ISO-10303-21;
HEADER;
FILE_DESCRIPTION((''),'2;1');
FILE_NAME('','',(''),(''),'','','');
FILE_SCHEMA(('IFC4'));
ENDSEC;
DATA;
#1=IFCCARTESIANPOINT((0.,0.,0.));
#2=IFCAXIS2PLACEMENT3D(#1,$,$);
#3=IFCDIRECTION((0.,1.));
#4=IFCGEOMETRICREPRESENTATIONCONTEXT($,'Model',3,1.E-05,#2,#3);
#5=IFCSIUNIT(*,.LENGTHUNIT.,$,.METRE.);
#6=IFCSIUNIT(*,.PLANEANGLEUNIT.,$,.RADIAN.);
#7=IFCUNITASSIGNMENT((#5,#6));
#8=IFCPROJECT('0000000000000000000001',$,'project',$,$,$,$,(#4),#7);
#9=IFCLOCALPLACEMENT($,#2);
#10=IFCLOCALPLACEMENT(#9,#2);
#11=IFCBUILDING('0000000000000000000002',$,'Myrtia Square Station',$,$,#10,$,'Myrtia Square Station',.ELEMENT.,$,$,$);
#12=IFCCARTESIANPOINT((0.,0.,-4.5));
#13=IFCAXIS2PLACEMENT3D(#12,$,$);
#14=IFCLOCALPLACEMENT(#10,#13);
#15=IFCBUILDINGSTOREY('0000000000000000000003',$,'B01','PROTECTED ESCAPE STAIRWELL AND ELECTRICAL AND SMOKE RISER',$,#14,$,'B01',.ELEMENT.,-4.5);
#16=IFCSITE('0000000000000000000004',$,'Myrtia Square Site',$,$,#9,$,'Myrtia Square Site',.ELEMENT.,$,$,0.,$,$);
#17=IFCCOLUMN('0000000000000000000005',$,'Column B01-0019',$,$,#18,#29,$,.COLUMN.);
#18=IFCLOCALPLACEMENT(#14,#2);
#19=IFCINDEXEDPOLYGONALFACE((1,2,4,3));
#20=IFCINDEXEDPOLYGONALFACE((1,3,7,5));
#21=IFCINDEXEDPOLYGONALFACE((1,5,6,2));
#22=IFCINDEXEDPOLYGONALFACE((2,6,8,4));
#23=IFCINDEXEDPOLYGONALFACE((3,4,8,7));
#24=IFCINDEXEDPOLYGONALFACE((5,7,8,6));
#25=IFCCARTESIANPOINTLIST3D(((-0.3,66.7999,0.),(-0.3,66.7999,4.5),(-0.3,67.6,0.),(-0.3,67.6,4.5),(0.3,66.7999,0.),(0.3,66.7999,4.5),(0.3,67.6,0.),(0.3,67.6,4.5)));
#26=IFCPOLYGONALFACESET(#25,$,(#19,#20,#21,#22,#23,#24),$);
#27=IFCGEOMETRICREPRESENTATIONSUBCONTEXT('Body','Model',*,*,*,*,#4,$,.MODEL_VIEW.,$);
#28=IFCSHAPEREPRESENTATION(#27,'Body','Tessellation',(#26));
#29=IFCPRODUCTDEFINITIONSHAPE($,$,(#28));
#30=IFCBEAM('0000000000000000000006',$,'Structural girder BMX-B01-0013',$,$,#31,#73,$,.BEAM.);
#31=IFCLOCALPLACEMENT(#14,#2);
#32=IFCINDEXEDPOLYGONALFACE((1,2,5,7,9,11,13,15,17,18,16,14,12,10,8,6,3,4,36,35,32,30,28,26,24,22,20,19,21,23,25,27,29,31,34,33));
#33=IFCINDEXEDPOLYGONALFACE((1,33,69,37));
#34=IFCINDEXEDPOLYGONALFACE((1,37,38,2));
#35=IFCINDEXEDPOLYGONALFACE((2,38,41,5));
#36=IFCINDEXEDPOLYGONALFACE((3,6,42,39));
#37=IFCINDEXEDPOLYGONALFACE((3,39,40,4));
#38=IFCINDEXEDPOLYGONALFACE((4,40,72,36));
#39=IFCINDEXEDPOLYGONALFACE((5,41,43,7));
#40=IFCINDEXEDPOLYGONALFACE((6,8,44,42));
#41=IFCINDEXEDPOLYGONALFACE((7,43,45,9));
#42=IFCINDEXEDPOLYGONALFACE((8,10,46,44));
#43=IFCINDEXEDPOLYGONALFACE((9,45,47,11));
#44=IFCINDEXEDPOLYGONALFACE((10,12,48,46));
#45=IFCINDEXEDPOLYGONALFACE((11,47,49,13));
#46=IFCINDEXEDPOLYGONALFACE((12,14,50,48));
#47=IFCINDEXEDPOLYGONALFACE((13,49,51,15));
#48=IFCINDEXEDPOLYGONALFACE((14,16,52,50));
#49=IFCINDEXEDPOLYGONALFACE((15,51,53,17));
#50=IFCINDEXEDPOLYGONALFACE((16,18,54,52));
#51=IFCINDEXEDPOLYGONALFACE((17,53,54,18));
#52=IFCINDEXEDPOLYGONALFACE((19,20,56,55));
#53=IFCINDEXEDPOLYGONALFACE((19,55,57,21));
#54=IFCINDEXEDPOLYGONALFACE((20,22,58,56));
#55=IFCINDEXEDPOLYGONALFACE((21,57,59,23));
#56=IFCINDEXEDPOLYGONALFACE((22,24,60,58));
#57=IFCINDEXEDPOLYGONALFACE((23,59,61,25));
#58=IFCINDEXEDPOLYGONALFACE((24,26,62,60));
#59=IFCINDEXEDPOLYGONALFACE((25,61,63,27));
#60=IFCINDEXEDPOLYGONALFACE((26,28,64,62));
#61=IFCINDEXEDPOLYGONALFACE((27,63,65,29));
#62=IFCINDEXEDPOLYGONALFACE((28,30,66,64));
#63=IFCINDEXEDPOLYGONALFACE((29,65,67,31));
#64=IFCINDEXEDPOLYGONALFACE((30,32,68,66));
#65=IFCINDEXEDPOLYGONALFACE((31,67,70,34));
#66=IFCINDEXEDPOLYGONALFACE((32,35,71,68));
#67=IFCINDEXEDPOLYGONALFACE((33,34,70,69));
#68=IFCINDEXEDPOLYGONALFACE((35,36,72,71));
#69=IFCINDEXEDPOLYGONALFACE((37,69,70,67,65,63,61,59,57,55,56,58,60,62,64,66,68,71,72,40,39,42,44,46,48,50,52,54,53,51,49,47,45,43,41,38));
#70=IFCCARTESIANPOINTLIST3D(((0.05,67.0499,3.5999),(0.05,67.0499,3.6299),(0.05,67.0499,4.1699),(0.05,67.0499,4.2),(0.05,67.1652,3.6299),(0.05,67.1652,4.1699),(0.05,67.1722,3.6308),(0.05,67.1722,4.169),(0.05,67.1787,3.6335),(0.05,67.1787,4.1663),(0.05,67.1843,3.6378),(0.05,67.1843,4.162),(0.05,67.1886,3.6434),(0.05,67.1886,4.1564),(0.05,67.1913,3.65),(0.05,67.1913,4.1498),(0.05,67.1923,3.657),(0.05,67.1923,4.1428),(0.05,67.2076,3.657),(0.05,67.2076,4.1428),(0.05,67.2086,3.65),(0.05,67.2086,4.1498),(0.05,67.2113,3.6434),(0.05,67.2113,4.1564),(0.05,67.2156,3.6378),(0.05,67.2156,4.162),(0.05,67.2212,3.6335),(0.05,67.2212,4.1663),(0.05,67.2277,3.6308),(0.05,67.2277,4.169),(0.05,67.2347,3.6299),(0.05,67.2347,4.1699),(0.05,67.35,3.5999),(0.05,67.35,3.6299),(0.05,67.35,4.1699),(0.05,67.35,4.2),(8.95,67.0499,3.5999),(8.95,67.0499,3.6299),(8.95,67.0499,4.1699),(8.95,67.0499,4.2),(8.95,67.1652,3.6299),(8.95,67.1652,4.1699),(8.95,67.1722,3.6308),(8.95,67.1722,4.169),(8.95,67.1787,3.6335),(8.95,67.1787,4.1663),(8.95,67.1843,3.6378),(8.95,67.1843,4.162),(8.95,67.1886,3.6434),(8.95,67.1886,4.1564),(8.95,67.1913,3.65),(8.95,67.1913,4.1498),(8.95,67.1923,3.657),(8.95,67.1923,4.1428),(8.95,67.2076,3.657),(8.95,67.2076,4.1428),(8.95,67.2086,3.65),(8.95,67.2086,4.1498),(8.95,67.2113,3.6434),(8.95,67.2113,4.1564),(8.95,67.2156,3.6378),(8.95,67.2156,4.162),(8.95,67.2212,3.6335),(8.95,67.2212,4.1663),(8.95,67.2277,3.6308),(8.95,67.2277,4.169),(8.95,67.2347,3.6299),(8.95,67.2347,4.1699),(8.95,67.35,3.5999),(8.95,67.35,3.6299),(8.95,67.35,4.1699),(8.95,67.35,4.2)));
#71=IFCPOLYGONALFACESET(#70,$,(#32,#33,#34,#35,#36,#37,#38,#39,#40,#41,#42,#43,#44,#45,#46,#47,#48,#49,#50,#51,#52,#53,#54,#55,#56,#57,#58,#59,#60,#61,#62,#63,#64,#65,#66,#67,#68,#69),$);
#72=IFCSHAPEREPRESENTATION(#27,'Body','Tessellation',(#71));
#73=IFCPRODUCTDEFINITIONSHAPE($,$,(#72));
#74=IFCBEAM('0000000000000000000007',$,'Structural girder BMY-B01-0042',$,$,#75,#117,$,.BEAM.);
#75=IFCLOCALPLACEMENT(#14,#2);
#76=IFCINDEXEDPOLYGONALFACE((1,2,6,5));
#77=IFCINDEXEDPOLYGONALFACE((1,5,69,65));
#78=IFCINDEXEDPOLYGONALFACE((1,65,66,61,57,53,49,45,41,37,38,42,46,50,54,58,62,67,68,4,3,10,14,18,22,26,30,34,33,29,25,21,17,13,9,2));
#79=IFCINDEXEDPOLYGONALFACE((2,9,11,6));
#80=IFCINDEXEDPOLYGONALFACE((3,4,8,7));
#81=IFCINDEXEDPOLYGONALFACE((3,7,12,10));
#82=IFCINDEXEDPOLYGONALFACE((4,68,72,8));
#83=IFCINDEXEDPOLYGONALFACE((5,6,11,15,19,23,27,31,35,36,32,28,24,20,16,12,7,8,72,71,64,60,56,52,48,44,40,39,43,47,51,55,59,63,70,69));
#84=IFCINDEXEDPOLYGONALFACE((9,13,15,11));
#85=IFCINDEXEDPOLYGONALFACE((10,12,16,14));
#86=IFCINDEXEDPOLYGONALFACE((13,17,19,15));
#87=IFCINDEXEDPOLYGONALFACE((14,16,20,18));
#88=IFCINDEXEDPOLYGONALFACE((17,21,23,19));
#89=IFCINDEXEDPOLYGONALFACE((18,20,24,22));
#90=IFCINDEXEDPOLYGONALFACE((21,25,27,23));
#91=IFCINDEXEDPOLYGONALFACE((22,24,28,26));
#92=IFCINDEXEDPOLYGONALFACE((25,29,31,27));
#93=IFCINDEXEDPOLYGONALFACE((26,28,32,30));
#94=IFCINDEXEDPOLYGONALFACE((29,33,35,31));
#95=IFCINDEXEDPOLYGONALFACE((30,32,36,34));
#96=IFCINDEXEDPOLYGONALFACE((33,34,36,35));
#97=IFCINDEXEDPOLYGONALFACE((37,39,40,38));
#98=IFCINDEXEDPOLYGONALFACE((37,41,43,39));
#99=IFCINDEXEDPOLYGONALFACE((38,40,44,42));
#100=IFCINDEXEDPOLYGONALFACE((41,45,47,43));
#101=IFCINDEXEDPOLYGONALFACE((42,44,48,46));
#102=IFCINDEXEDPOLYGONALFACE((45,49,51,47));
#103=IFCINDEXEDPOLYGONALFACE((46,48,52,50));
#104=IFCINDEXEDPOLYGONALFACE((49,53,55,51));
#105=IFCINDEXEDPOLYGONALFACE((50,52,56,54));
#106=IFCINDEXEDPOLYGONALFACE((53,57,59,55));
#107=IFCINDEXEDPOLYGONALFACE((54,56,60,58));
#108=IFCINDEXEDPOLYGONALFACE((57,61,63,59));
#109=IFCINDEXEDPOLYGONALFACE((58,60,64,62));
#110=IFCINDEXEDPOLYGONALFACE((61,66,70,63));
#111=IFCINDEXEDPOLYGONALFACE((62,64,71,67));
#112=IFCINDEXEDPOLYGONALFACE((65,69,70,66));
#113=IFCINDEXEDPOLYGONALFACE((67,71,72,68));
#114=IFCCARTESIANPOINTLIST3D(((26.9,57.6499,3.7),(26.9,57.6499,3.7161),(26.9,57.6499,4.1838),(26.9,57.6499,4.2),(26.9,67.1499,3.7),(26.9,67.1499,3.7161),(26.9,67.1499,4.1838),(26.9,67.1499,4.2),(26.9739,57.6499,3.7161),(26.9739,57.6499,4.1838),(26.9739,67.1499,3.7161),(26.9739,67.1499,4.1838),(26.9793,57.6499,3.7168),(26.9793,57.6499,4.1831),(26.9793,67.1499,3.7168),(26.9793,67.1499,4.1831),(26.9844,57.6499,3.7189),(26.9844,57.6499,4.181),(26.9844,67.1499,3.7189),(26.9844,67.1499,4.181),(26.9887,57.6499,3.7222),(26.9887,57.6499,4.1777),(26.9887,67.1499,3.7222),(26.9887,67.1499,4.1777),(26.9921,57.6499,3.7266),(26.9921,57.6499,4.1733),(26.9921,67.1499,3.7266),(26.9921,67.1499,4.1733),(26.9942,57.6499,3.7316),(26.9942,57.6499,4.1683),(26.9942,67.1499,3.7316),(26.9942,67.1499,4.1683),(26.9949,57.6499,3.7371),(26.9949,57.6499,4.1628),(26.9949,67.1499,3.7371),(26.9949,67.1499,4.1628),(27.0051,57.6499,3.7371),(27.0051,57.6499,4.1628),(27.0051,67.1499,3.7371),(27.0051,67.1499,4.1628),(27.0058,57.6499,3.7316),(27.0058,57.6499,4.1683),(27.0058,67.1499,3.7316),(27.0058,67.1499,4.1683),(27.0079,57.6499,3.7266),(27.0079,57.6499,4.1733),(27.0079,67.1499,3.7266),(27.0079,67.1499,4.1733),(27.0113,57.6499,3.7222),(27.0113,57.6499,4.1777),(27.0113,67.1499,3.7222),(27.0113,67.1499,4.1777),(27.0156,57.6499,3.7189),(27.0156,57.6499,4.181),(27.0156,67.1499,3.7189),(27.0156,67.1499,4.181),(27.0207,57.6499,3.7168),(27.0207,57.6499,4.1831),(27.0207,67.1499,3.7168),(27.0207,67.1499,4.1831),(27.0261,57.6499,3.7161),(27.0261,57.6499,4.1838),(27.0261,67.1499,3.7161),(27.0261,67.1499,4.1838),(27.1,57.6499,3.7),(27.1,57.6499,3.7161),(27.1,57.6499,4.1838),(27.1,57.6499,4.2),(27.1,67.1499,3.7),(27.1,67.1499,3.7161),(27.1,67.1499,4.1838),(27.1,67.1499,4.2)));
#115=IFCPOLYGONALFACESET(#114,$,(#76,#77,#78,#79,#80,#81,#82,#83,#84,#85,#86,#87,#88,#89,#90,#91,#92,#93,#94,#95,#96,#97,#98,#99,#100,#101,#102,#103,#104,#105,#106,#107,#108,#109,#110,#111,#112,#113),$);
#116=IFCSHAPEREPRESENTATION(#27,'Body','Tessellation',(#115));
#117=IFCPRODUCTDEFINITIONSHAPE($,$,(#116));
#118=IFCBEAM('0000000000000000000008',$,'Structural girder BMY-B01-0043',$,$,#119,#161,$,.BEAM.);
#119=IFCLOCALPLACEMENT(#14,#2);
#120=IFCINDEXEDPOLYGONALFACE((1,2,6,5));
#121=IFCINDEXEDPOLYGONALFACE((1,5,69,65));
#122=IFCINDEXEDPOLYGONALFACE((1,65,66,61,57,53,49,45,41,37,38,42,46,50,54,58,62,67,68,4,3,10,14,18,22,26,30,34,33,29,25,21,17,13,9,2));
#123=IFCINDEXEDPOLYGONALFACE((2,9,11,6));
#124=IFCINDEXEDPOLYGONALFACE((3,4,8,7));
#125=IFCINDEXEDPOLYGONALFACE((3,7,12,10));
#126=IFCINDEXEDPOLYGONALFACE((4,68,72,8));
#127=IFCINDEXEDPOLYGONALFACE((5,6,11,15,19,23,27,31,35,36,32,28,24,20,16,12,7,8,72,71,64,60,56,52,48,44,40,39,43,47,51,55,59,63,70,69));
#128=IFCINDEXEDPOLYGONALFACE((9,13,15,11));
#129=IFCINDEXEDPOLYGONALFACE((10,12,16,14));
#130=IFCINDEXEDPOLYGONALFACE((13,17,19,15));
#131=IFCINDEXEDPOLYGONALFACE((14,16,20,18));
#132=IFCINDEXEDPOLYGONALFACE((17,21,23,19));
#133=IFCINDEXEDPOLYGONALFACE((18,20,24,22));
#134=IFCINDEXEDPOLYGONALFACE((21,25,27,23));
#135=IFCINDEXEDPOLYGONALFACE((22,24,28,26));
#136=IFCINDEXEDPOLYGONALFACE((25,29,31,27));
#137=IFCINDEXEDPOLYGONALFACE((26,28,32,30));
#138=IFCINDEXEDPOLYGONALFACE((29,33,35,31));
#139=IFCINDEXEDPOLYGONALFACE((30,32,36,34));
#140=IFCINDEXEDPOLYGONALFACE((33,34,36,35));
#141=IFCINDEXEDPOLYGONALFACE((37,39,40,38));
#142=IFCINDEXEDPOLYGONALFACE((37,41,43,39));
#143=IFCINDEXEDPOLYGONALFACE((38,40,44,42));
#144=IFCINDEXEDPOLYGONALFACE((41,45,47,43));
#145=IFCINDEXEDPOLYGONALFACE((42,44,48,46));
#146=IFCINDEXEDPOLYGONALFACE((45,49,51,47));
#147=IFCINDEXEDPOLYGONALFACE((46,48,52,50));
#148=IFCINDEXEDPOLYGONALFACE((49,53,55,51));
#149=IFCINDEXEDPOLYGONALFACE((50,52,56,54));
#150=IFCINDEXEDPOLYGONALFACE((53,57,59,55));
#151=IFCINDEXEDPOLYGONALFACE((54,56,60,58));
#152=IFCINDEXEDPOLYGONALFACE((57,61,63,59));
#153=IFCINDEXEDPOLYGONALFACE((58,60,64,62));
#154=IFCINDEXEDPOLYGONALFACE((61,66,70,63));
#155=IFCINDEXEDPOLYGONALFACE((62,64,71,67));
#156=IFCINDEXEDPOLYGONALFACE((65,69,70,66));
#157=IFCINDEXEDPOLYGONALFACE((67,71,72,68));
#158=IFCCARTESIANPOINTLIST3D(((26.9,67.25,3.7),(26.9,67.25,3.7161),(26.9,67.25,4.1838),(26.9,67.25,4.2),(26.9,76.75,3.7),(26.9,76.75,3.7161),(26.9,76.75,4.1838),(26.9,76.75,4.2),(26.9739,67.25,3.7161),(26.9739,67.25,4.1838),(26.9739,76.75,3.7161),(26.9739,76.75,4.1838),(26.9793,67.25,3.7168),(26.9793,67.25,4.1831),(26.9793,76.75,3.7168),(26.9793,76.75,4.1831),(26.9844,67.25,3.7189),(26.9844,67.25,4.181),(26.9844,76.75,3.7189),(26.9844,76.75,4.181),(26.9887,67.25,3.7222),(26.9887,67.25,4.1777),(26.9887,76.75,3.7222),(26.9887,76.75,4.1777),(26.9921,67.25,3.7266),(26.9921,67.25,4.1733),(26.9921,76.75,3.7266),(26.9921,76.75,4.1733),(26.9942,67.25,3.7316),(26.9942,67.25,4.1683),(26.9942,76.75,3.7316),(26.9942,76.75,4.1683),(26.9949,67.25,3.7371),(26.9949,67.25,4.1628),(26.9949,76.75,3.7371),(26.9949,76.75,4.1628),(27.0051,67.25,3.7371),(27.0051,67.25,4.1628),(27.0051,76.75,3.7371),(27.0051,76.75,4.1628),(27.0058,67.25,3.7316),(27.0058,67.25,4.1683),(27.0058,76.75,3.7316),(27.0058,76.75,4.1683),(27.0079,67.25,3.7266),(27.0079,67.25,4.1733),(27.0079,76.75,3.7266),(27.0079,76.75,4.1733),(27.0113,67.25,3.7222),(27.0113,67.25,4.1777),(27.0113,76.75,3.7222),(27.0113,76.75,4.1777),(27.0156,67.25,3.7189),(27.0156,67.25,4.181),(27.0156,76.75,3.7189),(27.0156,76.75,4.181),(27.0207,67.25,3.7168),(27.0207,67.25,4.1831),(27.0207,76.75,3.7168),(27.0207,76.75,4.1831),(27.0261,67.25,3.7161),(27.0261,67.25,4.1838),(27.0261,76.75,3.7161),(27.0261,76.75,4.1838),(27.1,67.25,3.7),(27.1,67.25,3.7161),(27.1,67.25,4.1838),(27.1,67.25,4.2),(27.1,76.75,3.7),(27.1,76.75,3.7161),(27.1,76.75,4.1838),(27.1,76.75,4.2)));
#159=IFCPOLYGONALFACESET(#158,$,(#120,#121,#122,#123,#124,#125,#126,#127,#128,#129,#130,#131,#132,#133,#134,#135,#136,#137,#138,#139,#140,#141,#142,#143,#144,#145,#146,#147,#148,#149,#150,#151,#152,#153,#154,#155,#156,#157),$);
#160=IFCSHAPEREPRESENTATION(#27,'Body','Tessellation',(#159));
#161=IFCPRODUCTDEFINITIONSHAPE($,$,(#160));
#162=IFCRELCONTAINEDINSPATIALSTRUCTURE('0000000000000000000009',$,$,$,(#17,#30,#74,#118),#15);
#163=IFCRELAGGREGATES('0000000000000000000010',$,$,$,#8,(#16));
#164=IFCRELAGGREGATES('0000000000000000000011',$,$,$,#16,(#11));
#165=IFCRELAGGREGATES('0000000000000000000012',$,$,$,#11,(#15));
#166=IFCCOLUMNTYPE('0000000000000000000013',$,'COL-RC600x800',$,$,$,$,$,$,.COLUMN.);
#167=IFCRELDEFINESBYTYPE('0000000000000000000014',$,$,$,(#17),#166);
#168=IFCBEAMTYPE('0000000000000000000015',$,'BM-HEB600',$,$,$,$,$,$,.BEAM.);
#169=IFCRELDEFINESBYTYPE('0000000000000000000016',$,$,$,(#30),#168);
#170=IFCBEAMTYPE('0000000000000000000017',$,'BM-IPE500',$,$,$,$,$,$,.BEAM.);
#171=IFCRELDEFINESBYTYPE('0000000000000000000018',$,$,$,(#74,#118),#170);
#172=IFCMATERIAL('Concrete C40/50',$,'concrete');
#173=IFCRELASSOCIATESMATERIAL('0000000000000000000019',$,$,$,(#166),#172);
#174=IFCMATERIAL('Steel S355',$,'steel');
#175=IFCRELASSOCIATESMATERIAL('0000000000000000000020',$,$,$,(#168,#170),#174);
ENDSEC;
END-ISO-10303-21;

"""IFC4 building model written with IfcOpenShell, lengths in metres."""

from ifc_helpers import new_model, si_unit, direction, frame, origin, origin_2d, place, context, subcontext, project, spatial, rectangle, i_section, extrude, material, material_profile, profile_set, type_object, element, save


model = new_model("IFC4")

# Units and contexts
model_context = context("Model", 3, precision=1e-05, world=origin(), true_north=direction((0.0, 1.0)))
body_context = subcontext(model_context, "Body", "Model", "MODEL_VIEW")
ifc_project = project(units=[si_unit("LENGTHUNIT", "METRE"), si_unit("PLANEANGLEUNIT", "RADIAN")], contexts=[model_context])

# Site, building, storey
site_placement = place(None, origin())
site = spatial("IfcSite", under=ifc_project, at=site_placement, Name="Myrtia Square Site", LongName="Myrtia Square Site", CompositionType="ELEMENT", RefElevation=0.0)
building_placement = place(site_placement, origin())
building = spatial("IfcBuilding", under=site, at=building_placement, Name="Myrtia Square Station", LongName="Myrtia Square Station", CompositionType="ELEMENT")
storey_placement = place(building_placement, frame((0.0, 0.0, -4.5)))
storey = spatial("IfcBuildingStorey", under=building, at=storey_placement, Name="B01", Description="PROTECTED ESCAPE STAIRWELL AND ELECTRICAL AND SMOKE RISER", LongName="B01", CompositionType="ELEMENT", Elevation=-4.5)

# Column
ifc_material_1 = material(Name="Steel S355", Category="steel")
ifc_material_2 = material(Name="Concrete C40/50", Category="concrete")
ifc_material_profile_1 = material_profile(ifc_material_2, rectangle(XDim=0.6001, YDim=0.8, at=origin_2d()), Name="RC 600x800")
ifc_profile_set_1 = profile_set([ifc_material_profile_1], Name="Concrete C40/50")
column_type_1 = type_object("IfcColumnType", Name="COL-RC600x800", PredefinedType="COLUMN", material=ifc_profile_set_1)
column_placement = place(storey_placement, frame((0.0, 67.2, 0.0), z_axis=(0.0, 0.0, 1.0), x_axis=(1.0, 0.0, 0.0)))
element("IfcColumn", 1, at=column_placement, inside=storey, type_object=column_type_1, Name="Column B01-0019", PredefinedType="COLUMN", context=body_context, shape_type="SweptSolid", body=[
    extrude(rectangle(XDim=0.6001, YDim=0.8, at=origin_2d()), origin(), (0.0, 0.0, 1.0), 4.5),
])

# Beams
ifc_material_profile_2 = material_profile(ifc_material_1, i_section(OverallWidth=0.3, OverallDepth=0.6001, WebThickness=0.0154, FlangeThickness=0.03, FilletRadius=0.0271, at=origin_2d()), Name="HEB 600")
ifc_profile_set_2 = profile_set([ifc_material_profile_2], Name="Steel S355")
beam_type_1 = type_object("IfcBeamType", Name="BM-HEB600", PredefinedType="BEAM", material=ifc_profile_set_2)
beam_1_placement = place(storey_placement, frame((0.05, 67.2, 3.8999), z_axis=(1.0, 0.0, 0.0), x_axis=(0.0, 1.0, 0.0)))
element("IfcBeam", 2, at=beam_1_placement, inside=storey, type_object=beam_type_1, Name="Structural girder BMX-B01-0013", PredefinedType="BEAM", context=body_context, shape_type="SweptSolid", body=[
    extrude(i_section(OverallWidth=0.3, OverallDepth=0.6001, WebThickness=0.0154, FlangeThickness=0.03, FilletRadius=0.0271, at=origin_2d()), origin(), (0.0, 0.0, 1.0), 8.8999),
])
ifc_material_profile_3 = material_profile(ifc_material_1, i_section(OverallWidth=0.2, OverallDepth=0.5, WebThickness=0.0103, FlangeThickness=0.0161, FilletRadius=0.021, at=origin_2d()), Name="IPE 500")
ifc_profile_set_3 = profile_set([ifc_material_profile_3], Name="Steel S355")
beam_type_2 = type_object("IfcBeamType", Name="BM-IPE500", PredefinedType="BEAM", material=ifc_profile_set_3)
for number, where, z_axis, x_axis, name in (
    (3, (27.0, 57.6499, 3.95), (0.0, 1.0, 0.0), (-1.0, 0.0, 0.0), "Structural girder BMY-B01-0042"),
    (4, (27.0, 67.25, 3.95), (0.0, 1.0, 0.0), (-1.0, 0.0, 0.0), "Structural girder BMY-B01-0043"),
):
    element("IfcBeam", number, at=place(storey_placement, frame(where, z_axis=z_axis, x_axis=x_axis)), inside=storey, type_object=beam_type_2, Name=name, PredefinedType="BEAM", context=body_context, shape_type="SweptSolid", body=[
        extrude(i_section(OverallWidth=0.2, OverallDepth=0.5, WebThickness=0.0103, FlangeThickness=0.0161, FilletRadius=0.021, at=origin_2d()), origin(), (0.0, 0.0, 1.0), 9.5),
    ])

save(model, "model.ifc")
